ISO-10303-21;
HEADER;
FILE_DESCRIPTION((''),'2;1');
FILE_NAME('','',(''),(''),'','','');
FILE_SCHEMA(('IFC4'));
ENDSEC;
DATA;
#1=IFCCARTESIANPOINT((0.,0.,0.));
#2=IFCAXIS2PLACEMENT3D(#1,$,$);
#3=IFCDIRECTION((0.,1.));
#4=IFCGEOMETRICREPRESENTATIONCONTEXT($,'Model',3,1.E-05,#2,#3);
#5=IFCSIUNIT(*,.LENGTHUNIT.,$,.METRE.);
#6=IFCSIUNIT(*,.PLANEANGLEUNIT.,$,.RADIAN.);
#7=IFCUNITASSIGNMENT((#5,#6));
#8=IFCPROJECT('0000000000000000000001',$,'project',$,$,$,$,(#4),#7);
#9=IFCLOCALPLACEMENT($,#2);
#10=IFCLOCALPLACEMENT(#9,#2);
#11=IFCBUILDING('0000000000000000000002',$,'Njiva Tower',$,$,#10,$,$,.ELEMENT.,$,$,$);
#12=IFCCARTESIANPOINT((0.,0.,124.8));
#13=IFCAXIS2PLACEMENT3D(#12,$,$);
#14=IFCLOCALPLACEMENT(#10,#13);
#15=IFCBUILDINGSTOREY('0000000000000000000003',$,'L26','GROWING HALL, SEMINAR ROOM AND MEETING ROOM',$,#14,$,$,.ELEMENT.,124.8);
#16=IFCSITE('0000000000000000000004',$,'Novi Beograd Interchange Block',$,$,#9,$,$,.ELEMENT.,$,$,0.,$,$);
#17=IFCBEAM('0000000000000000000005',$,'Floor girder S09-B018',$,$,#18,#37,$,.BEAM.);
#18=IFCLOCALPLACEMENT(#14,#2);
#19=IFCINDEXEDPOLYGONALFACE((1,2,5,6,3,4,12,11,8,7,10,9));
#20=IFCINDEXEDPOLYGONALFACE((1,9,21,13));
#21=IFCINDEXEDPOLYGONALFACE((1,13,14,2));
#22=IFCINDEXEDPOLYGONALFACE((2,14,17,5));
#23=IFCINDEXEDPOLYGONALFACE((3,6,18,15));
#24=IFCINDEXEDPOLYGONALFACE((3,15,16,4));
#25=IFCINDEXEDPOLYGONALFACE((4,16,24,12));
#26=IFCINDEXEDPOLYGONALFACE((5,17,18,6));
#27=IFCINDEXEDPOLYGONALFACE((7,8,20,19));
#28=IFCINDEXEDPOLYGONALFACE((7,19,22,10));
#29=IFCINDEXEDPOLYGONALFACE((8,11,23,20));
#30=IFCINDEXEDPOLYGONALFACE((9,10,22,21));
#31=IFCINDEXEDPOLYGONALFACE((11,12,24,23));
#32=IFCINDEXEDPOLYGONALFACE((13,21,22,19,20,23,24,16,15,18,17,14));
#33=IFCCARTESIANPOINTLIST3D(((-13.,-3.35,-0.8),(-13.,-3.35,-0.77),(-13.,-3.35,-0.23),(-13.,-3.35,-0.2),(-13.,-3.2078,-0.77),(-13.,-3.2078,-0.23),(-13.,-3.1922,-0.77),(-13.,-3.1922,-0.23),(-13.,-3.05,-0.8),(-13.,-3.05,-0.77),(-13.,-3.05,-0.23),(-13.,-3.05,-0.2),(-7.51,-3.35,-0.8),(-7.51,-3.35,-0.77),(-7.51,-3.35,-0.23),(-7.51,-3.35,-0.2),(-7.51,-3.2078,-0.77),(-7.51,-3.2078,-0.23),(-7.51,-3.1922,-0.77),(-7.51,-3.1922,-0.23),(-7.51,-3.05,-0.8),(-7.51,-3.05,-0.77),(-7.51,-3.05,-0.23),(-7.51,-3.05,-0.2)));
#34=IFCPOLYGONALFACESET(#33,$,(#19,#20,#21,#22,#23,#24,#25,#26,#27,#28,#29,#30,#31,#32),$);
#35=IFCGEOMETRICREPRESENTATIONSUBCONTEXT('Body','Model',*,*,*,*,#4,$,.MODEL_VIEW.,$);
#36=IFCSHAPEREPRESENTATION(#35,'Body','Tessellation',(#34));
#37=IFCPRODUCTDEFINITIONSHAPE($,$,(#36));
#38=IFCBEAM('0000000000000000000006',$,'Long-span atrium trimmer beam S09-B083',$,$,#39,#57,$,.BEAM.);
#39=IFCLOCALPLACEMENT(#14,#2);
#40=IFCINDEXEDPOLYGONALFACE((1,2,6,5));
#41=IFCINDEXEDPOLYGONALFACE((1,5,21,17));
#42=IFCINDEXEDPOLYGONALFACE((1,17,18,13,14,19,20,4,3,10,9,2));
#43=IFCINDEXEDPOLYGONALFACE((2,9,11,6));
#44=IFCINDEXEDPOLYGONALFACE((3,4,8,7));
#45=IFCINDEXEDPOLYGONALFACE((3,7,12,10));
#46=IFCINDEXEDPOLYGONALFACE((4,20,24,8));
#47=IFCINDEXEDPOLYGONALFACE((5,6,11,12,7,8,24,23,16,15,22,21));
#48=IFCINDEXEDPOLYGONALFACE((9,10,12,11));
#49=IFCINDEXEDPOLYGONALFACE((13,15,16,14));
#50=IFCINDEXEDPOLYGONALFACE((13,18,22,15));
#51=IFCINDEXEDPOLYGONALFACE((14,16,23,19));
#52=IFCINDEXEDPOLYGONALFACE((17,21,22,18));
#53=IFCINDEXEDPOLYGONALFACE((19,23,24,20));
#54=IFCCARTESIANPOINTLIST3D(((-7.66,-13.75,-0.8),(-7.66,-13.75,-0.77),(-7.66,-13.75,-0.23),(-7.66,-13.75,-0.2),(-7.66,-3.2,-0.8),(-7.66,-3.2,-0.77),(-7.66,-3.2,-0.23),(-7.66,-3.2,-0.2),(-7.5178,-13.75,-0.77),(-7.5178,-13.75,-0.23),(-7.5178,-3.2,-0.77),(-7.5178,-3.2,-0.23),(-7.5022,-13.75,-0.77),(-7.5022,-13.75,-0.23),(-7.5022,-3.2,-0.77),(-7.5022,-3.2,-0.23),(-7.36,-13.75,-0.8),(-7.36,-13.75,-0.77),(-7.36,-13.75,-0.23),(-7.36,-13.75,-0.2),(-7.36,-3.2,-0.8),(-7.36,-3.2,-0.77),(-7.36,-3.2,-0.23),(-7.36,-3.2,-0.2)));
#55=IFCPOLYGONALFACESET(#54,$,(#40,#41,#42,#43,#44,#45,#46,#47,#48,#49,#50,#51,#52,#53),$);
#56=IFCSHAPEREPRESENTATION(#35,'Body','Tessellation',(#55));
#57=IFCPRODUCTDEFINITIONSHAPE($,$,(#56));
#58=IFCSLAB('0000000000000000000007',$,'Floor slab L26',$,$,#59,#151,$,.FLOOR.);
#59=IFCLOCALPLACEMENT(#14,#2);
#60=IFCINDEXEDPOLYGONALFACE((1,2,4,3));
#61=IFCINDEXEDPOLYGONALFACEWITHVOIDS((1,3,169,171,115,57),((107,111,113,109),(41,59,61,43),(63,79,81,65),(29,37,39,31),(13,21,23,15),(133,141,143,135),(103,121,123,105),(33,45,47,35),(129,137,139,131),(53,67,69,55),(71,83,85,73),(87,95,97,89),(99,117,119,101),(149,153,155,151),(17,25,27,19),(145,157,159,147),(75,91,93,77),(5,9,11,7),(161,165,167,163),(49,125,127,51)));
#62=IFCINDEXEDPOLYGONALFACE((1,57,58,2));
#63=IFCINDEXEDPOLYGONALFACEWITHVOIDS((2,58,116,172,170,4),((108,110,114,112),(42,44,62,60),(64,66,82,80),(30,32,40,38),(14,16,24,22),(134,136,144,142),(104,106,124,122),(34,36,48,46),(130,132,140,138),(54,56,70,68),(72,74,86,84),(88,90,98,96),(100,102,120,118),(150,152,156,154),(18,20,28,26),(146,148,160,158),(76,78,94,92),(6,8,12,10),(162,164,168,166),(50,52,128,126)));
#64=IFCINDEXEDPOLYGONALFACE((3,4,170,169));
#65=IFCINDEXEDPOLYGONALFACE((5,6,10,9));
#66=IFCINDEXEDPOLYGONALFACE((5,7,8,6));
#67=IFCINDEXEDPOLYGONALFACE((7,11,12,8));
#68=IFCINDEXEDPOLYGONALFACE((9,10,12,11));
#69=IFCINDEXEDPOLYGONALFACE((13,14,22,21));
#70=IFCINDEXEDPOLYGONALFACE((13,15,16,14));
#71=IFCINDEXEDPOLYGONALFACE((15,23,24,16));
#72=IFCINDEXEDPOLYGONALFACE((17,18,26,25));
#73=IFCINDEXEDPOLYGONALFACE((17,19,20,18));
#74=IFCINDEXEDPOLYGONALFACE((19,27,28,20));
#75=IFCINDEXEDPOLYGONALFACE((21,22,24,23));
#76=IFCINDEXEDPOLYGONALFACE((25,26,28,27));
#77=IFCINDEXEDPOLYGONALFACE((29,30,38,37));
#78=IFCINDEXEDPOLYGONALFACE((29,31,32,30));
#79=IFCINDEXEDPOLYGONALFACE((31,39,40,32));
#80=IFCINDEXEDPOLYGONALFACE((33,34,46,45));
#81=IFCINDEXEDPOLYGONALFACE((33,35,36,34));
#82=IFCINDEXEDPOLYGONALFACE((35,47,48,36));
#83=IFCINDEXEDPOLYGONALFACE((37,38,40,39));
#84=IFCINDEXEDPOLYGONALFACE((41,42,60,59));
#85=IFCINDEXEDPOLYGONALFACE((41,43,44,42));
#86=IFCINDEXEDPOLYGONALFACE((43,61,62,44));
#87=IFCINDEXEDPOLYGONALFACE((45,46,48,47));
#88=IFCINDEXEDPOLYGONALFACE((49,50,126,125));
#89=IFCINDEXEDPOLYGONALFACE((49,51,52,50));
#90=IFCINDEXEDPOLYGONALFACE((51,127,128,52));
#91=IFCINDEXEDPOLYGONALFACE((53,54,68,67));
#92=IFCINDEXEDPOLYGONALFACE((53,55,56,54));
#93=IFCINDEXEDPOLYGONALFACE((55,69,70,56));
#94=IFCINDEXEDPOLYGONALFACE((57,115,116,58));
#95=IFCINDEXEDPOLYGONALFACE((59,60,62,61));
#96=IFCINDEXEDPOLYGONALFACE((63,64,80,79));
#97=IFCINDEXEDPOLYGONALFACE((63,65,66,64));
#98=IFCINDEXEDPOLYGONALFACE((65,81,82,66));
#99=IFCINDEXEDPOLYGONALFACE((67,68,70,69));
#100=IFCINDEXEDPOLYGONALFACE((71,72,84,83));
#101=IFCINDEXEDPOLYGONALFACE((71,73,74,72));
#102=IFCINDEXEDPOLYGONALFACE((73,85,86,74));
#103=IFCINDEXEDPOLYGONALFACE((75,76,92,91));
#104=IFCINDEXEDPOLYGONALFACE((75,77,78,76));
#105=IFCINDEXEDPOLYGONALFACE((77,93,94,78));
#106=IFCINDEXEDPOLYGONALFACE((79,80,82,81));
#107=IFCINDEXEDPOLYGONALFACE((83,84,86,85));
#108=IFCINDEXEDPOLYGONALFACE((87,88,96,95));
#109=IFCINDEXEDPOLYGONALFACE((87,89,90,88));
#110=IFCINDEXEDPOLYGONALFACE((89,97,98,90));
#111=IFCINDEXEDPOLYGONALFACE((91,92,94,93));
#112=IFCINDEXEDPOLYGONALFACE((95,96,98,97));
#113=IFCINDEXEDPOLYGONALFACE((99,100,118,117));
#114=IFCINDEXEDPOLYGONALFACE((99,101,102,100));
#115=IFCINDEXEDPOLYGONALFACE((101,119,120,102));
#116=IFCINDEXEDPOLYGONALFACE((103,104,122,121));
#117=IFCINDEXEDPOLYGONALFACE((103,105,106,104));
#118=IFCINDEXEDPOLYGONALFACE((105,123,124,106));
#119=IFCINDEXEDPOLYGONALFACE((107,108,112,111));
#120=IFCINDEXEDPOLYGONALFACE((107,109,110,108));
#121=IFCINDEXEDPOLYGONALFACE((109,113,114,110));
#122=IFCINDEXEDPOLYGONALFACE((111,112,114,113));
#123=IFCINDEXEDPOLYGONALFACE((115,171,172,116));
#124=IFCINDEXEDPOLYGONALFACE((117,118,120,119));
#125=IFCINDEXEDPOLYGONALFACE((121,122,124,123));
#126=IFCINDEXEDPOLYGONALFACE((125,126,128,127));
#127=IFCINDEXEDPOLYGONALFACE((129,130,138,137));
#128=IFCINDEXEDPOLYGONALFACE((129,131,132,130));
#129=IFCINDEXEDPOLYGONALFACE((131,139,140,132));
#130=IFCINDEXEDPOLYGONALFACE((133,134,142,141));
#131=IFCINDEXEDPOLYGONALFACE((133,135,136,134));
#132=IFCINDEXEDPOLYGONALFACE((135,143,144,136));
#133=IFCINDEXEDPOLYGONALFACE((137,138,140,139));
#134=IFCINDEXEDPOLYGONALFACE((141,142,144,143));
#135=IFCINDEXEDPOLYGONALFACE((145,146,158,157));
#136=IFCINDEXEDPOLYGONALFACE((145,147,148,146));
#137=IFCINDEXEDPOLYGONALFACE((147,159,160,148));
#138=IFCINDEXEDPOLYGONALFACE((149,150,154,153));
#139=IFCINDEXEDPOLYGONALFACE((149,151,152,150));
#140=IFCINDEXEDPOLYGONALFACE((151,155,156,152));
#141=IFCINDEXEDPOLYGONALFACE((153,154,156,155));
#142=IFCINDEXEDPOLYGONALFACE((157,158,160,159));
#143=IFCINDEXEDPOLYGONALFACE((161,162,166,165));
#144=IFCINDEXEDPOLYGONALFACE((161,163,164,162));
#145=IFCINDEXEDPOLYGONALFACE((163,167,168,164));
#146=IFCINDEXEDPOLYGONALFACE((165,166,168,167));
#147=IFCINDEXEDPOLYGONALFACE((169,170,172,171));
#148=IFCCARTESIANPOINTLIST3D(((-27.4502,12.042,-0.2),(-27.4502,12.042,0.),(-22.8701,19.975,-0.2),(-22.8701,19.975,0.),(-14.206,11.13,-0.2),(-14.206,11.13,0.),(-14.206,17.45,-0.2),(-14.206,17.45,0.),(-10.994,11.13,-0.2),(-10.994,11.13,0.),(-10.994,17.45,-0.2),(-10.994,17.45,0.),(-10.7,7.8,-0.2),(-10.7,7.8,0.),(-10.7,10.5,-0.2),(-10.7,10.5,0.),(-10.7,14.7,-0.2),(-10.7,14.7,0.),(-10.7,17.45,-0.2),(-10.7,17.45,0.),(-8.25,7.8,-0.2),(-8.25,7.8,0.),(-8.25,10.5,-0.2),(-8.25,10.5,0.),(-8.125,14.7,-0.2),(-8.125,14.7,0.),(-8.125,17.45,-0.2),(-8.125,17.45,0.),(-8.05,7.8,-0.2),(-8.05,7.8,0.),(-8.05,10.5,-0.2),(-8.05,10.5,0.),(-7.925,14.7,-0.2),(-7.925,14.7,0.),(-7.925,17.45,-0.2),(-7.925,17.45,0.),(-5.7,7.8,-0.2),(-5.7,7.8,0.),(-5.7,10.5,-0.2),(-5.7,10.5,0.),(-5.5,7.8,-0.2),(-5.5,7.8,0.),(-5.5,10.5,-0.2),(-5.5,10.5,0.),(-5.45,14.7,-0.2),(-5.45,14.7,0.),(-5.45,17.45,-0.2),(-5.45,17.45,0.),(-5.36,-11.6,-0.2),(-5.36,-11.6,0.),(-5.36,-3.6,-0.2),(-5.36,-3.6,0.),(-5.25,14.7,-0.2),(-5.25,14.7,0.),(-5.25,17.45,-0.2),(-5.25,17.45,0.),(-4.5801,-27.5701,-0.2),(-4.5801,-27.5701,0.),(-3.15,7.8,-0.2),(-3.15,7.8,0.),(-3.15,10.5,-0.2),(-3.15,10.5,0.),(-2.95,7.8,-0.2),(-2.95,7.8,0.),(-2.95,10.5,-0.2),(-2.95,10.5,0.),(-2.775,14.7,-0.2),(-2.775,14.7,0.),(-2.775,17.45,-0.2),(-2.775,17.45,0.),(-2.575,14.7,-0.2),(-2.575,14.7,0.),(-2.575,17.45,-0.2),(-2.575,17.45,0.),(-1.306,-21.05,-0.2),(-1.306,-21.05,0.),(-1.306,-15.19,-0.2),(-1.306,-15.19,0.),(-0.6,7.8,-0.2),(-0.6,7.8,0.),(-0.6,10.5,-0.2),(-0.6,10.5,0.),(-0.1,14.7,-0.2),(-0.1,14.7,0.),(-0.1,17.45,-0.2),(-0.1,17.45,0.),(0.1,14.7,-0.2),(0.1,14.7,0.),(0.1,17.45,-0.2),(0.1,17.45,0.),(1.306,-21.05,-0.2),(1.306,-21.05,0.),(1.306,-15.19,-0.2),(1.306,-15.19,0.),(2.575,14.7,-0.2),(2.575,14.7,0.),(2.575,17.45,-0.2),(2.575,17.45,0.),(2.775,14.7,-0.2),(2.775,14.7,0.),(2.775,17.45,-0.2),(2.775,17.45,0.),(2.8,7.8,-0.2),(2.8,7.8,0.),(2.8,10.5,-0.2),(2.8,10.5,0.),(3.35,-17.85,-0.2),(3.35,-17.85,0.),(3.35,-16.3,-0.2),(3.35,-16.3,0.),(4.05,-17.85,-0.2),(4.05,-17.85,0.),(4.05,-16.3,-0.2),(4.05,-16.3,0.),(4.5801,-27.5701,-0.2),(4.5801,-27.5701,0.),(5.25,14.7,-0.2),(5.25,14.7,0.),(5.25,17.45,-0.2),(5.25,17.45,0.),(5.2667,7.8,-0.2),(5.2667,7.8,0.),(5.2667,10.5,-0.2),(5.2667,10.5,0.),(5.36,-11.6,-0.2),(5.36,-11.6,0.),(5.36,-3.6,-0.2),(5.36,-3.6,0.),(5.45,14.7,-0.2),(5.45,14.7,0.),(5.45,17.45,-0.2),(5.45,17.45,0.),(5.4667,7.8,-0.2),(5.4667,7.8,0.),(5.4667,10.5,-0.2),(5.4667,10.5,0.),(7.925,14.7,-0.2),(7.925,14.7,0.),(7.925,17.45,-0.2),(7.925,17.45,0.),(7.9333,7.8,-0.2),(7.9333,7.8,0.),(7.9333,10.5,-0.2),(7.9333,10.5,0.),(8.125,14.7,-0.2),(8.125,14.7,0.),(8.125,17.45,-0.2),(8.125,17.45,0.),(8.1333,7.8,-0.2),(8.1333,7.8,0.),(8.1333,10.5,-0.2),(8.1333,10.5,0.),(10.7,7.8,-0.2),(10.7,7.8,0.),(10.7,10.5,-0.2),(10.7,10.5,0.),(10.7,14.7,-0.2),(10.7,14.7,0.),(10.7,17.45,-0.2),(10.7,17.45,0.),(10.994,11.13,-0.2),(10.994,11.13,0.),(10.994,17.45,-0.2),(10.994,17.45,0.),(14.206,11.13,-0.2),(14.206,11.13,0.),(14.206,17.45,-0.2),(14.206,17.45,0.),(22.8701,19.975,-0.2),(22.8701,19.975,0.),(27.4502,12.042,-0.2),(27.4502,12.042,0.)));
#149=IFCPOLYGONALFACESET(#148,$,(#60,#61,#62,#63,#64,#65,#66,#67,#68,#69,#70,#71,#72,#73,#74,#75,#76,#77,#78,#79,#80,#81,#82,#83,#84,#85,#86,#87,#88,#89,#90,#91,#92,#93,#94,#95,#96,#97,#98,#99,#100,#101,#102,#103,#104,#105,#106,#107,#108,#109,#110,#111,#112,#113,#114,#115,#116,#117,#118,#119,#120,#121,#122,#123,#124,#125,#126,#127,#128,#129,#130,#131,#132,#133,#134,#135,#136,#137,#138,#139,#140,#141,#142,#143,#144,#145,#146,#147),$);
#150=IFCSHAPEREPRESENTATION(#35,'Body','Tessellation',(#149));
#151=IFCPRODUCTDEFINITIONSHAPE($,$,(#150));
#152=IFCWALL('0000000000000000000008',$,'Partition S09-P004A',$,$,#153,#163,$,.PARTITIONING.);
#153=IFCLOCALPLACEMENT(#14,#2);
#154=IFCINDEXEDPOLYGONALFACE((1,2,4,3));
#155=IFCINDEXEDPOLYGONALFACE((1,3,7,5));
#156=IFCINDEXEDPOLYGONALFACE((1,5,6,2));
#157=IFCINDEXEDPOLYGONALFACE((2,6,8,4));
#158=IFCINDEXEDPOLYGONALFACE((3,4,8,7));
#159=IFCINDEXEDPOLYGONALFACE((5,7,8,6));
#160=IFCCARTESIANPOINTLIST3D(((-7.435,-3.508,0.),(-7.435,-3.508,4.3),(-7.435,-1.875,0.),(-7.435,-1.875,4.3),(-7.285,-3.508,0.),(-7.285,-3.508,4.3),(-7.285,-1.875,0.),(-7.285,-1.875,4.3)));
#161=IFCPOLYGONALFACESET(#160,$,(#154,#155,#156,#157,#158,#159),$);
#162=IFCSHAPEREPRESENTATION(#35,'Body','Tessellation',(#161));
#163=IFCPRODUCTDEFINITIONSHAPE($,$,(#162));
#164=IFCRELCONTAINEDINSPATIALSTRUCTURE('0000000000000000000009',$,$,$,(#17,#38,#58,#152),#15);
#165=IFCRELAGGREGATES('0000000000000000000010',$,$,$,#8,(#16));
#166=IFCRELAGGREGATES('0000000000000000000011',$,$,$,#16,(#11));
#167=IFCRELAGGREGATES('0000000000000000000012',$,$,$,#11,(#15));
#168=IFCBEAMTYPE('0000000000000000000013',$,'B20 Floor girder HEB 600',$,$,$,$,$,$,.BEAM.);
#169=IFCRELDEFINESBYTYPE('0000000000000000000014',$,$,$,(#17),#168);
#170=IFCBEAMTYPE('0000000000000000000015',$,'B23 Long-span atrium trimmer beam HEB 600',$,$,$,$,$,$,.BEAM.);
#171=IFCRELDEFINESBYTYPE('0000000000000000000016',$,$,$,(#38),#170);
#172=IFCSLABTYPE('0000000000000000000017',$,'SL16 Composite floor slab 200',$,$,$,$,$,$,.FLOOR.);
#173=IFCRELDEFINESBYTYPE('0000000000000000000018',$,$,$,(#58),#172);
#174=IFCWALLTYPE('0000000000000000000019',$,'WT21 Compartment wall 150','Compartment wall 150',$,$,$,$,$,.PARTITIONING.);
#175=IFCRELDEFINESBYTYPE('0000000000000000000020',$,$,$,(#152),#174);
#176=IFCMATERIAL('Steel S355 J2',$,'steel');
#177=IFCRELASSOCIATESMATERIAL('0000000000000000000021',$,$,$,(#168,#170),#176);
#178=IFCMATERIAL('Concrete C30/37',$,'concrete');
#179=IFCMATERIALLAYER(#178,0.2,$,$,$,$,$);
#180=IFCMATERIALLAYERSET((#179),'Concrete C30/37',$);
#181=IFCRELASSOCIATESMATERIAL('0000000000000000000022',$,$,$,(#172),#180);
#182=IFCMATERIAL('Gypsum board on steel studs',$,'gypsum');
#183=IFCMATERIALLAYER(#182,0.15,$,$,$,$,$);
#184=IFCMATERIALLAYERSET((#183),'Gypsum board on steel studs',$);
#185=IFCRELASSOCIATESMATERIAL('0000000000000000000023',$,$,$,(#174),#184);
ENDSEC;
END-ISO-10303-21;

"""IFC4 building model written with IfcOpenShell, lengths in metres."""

from ifc_helpers import new_model, si_unit, direction, frame, frame_2d, origin, origin_2d, place, context, subcontext, project, spatial, polyline, rectangle, i_section, outline, extrude, material, layer, layer_set, material_profile, profile_set, type_object, element, save


model = new_model("IFC4")

# Units and contexts
model_context = context("Model", 3, precision=1e-05, world=origin(), true_north=direction((0.0, 1.0)))
body_context = subcontext(model_context, "Body", "Model", "MODEL_VIEW")
ifc_project = project(units=[si_unit("LENGTHUNIT", "METRE"), si_unit("PLANEANGLEUNIT", "RADIAN")], contexts=[model_context])

# Site, building, storey
site_placement = place(None, origin())
site = spatial("IfcSite", under=ifc_project, at=site_placement, Name="Novi Beograd Interchange Block", CompositionType="ELEMENT", RefElevation=0.0)
building_placement = place(site_placement, origin())
building = spatial("IfcBuilding", under=site, at=building_placement, Name="Njiva Tower", CompositionType="ELEMENT")
storey_placement = place(building_placement, frame((0.0, 0.0, 124.8)))
storey = spatial("IfcBuildingStorey", under=building, at=storey_placement, Name="L26", Description="GROWING HALL, SEMINAR ROOM AND MEETING ROOM", CompositionType="ELEMENT", Elevation=124.8)

# Shared definitions
ifc_material_1 = material(Name="Steel S355 J2", Category="steel")

# Beams
ifc_material_profile_1 = material_profile(ifc_material_1, i_section(OverallWidth=0.3, OverallDepth=0.6, WebThickness=0.0155, FlangeThickness=0.03, at=origin_2d()), Name="HEB 600")
ifc_profile_set_1 = profile_set([ifc_material_profile_1], Name="Steel S355 J2")
beam_type_1 = type_object("IfcBeamType", Name="B20 Floor girder HEB 600", PredefinedType="BEAM", material=ifc_profile_set_1)
beam_1_placement = place(storey_placement, frame((-13.0, -3.2, -0.5), z_axis=(1.0, 0.0, 0.0), x_axis=(0.0, 1.0, 0.0)))
element("IfcBeam", 1, at=beam_1_placement, inside=storey, type_object=beam_type_1, Name="Floor girder S09-B018", PredefinedType="BEAM", context=body_context, shape_type="SweptSolid", body=[
    extrude(i_section(OverallWidth=0.3, OverallDepth=0.6, WebThickness=0.0155, FlangeThickness=0.03, at=origin_2d()), origin(), (0.0, 0.0, 1.0), 5.49),
])
ifc_material_profile_2 = material_profile(ifc_material_1, i_section(OverallWidth=0.3, OverallDepth=0.6, WebThickness=0.0155, FlangeThickness=0.03, at=origin_2d()), Name="HEB 600")
ifc_profile_set_2 = profile_set([ifc_material_profile_2], Name="Steel S355 J2")
beam_type_2 = type_object("IfcBeamType", Name="B23 Long-span atrium trimmer beam HEB 600", PredefinedType="BEAM", material=ifc_profile_set_2)
beam_2_placement = place(storey_placement, frame((-7.51, -3.2, -0.5), z_axis=(0.0, -1.0, 0.0), x_axis=(1.0, 0.0, 0.0)))
element("IfcBeam", 2, at=beam_2_placement, inside=storey, type_object=beam_type_2, Name="Long-span atrium trimmer beam S09-B083", PredefinedType="BEAM", context=body_context, shape_type="SweptSolid", body=[
    extrude(i_section(OverallWidth=0.3, OverallDepth=0.6, WebThickness=0.0155, FlangeThickness=0.03, at=origin_2d()), origin(), (0.0, 0.0, 1.0), 10.55),
])

# Slab
ifc_material_2 = material(Name="Concrete C30/37", Category="concrete")
ifc_layer_1 = layer(ifc_material_2, 0.2)
ifc_layer_set_1 = layer_set([ifc_layer_1], Name="Concrete C30/37")
slab_type = type_object("IfcSlabType", Name="SL16 Composite floor slab 200", PredefinedType="FLOOR", material=ifc_layer_set_1)
slab_placement = place(storey_placement, frame((0.0, 0.0, -0.2)))
element("IfcSlab", 3, at=slab_placement, inside=storey, type_object=slab_type, Name="Floor slab L26", PredefinedType="FLOOR", context=body_context, shape_type="SweptSolid", body=[
    extrude(outline(polyline([(27.4502, 12.042), (4.5801, -27.5701), (-4.5801, -27.5701), (-27.4502, 12.042), (-22.8701, 19.975), (22.8701, 19.975), (27.4502, 12.042)]), holes=[polyline([(10.994, 11.13), (14.206, 11.13), (14.206, 17.45), (10.994, 17.45), (10.994, 11.13)]), polyline([(8.125, 17.45), (8.125, 14.7), (10.7, 14.7), (10.7, 17.45), (8.125, 17.45)]), polyline([(8.1333, 10.5), (8.1333, 7.8), (10.7, 7.8), (10.7, 10.5), (8.1333, 10.5)]), polyline([(5.4667, 10.5), (5.4667, 7.8), (7.9333, 7.8), (7.9333, 10.5), (5.4667, 10.5)]), polyline([(5.45, 17.45), (5.45, 14.7), (7.925, 14.7), (7.925, 17.45), (5.45, 17.45)]), polyline([(5.36, -11.6), (5.36, -3.6), (-5.36, -3.6), (-5.36, -11.6), (5.36, -11.6)]), polyline([(2.8, 7.8), (5.2667, 7.8), (5.2667, 10.5), (2.8, 10.5), (2.8, 7.8)]), polyline([(2.775, 14.7), (5.25, 14.7), (5.25, 17.45), (2.775, 17.45), (2.775, 14.7)]), polyline([(3.35, -17.85), (4.05, -17.85), (4.05, -16.3), (3.35, -16.3), (3.35, -17.85)]), polyline([(0.1, 14.7), (2.575, 14.7), (2.575, 17.45), (0.1, 17.45), (0.1, 14.7)]), polyline([(-1.306, -21.05), (1.306, -21.05), (1.306, -15.19), (-1.306, -15.19), (-1.306, -21.05)]), polyline([(-2.575, 17.45), (-2.575, 14.7), (-0.1, 14.7), (-0.1, 17.45), (-2.575, 17.45)]), polyline([(-2.95, 10.5), (-2.95, 7.8), (-0.6, 7.8), (-0.6, 10.5), (-2.95, 10.5)]), polyline([(-5.25, 17.45), (-5.25, 14.7), (-2.775, 14.7), (-2.775, 17.45), (-5.25, 17.45)]), polyline([(-5.5, 10.5), (-5.5, 7.8), (-3.15, 7.8), (-3.15, 10.5), (-5.5, 10.5)]), polyline([(-7.925, 14.7), (-5.45, 14.7), (-5.45, 17.45), (-7.925, 17.45), (-7.925, 14.7)]), polyline([(-8.05, 7.8), (-5.7, 7.8), (-5.7, 10.5), (-8.05, 10.5), (-8.05, 7.8)]), polyline([(-10.7, 14.7), (-8.125, 14.7), (-8.125, 17.45), (-10.7, 17.45), (-10.7, 14.7)]), polyline([(-10.7, 7.8), (-8.25, 7.8), (-8.25, 10.5), (-10.7, 10.5), (-10.7, 7.8)]), polyline([(-14.206, 11.13), (-10.994, 11.13), (-10.994, 17.45), (-14.206, 17.45), (-14.206, 11.13)])]), origin(), (0.0, 0.0, 1.0), 0.2),
])

# Wall
ifc_material_3 = material(Name="Gypsum board on steel studs", Category="gypsum")
ifc_layer_2 = layer(ifc_material_3, 0.15)
ifc_layer_set_2 = layer_set([ifc_layer_2], Name="Gypsum board on steel studs")
wall_type_1 = type_object("IfcWallType", Name="WT21 Compartment wall 150", Description="Compartment wall 150", PredefinedType="PARTITIONING", material=ifc_layer_set_2)
wall_1_placement = place(storey_placement, frame((-7.36, -3.508, 0.0), z_axis=(0.0, 0.0, 1.0), x_axis=(0.0, 1.0, 0.0)))
element("IfcWall", 4, at=wall_1_placement, inside=storey, type_object=wall_type_1, Name="Partition S09-P004A", PredefinedType="PARTITIONING", context=body_context, shape_type="SweptSolid", body=[
    extrude(rectangle(XDim=1.633, YDim=0.15, at=frame_2d((0.8165, 0.0))), origin(), (0.0, 0.0, 1.0), 4.3),
])

save(model, "model.ifc")
